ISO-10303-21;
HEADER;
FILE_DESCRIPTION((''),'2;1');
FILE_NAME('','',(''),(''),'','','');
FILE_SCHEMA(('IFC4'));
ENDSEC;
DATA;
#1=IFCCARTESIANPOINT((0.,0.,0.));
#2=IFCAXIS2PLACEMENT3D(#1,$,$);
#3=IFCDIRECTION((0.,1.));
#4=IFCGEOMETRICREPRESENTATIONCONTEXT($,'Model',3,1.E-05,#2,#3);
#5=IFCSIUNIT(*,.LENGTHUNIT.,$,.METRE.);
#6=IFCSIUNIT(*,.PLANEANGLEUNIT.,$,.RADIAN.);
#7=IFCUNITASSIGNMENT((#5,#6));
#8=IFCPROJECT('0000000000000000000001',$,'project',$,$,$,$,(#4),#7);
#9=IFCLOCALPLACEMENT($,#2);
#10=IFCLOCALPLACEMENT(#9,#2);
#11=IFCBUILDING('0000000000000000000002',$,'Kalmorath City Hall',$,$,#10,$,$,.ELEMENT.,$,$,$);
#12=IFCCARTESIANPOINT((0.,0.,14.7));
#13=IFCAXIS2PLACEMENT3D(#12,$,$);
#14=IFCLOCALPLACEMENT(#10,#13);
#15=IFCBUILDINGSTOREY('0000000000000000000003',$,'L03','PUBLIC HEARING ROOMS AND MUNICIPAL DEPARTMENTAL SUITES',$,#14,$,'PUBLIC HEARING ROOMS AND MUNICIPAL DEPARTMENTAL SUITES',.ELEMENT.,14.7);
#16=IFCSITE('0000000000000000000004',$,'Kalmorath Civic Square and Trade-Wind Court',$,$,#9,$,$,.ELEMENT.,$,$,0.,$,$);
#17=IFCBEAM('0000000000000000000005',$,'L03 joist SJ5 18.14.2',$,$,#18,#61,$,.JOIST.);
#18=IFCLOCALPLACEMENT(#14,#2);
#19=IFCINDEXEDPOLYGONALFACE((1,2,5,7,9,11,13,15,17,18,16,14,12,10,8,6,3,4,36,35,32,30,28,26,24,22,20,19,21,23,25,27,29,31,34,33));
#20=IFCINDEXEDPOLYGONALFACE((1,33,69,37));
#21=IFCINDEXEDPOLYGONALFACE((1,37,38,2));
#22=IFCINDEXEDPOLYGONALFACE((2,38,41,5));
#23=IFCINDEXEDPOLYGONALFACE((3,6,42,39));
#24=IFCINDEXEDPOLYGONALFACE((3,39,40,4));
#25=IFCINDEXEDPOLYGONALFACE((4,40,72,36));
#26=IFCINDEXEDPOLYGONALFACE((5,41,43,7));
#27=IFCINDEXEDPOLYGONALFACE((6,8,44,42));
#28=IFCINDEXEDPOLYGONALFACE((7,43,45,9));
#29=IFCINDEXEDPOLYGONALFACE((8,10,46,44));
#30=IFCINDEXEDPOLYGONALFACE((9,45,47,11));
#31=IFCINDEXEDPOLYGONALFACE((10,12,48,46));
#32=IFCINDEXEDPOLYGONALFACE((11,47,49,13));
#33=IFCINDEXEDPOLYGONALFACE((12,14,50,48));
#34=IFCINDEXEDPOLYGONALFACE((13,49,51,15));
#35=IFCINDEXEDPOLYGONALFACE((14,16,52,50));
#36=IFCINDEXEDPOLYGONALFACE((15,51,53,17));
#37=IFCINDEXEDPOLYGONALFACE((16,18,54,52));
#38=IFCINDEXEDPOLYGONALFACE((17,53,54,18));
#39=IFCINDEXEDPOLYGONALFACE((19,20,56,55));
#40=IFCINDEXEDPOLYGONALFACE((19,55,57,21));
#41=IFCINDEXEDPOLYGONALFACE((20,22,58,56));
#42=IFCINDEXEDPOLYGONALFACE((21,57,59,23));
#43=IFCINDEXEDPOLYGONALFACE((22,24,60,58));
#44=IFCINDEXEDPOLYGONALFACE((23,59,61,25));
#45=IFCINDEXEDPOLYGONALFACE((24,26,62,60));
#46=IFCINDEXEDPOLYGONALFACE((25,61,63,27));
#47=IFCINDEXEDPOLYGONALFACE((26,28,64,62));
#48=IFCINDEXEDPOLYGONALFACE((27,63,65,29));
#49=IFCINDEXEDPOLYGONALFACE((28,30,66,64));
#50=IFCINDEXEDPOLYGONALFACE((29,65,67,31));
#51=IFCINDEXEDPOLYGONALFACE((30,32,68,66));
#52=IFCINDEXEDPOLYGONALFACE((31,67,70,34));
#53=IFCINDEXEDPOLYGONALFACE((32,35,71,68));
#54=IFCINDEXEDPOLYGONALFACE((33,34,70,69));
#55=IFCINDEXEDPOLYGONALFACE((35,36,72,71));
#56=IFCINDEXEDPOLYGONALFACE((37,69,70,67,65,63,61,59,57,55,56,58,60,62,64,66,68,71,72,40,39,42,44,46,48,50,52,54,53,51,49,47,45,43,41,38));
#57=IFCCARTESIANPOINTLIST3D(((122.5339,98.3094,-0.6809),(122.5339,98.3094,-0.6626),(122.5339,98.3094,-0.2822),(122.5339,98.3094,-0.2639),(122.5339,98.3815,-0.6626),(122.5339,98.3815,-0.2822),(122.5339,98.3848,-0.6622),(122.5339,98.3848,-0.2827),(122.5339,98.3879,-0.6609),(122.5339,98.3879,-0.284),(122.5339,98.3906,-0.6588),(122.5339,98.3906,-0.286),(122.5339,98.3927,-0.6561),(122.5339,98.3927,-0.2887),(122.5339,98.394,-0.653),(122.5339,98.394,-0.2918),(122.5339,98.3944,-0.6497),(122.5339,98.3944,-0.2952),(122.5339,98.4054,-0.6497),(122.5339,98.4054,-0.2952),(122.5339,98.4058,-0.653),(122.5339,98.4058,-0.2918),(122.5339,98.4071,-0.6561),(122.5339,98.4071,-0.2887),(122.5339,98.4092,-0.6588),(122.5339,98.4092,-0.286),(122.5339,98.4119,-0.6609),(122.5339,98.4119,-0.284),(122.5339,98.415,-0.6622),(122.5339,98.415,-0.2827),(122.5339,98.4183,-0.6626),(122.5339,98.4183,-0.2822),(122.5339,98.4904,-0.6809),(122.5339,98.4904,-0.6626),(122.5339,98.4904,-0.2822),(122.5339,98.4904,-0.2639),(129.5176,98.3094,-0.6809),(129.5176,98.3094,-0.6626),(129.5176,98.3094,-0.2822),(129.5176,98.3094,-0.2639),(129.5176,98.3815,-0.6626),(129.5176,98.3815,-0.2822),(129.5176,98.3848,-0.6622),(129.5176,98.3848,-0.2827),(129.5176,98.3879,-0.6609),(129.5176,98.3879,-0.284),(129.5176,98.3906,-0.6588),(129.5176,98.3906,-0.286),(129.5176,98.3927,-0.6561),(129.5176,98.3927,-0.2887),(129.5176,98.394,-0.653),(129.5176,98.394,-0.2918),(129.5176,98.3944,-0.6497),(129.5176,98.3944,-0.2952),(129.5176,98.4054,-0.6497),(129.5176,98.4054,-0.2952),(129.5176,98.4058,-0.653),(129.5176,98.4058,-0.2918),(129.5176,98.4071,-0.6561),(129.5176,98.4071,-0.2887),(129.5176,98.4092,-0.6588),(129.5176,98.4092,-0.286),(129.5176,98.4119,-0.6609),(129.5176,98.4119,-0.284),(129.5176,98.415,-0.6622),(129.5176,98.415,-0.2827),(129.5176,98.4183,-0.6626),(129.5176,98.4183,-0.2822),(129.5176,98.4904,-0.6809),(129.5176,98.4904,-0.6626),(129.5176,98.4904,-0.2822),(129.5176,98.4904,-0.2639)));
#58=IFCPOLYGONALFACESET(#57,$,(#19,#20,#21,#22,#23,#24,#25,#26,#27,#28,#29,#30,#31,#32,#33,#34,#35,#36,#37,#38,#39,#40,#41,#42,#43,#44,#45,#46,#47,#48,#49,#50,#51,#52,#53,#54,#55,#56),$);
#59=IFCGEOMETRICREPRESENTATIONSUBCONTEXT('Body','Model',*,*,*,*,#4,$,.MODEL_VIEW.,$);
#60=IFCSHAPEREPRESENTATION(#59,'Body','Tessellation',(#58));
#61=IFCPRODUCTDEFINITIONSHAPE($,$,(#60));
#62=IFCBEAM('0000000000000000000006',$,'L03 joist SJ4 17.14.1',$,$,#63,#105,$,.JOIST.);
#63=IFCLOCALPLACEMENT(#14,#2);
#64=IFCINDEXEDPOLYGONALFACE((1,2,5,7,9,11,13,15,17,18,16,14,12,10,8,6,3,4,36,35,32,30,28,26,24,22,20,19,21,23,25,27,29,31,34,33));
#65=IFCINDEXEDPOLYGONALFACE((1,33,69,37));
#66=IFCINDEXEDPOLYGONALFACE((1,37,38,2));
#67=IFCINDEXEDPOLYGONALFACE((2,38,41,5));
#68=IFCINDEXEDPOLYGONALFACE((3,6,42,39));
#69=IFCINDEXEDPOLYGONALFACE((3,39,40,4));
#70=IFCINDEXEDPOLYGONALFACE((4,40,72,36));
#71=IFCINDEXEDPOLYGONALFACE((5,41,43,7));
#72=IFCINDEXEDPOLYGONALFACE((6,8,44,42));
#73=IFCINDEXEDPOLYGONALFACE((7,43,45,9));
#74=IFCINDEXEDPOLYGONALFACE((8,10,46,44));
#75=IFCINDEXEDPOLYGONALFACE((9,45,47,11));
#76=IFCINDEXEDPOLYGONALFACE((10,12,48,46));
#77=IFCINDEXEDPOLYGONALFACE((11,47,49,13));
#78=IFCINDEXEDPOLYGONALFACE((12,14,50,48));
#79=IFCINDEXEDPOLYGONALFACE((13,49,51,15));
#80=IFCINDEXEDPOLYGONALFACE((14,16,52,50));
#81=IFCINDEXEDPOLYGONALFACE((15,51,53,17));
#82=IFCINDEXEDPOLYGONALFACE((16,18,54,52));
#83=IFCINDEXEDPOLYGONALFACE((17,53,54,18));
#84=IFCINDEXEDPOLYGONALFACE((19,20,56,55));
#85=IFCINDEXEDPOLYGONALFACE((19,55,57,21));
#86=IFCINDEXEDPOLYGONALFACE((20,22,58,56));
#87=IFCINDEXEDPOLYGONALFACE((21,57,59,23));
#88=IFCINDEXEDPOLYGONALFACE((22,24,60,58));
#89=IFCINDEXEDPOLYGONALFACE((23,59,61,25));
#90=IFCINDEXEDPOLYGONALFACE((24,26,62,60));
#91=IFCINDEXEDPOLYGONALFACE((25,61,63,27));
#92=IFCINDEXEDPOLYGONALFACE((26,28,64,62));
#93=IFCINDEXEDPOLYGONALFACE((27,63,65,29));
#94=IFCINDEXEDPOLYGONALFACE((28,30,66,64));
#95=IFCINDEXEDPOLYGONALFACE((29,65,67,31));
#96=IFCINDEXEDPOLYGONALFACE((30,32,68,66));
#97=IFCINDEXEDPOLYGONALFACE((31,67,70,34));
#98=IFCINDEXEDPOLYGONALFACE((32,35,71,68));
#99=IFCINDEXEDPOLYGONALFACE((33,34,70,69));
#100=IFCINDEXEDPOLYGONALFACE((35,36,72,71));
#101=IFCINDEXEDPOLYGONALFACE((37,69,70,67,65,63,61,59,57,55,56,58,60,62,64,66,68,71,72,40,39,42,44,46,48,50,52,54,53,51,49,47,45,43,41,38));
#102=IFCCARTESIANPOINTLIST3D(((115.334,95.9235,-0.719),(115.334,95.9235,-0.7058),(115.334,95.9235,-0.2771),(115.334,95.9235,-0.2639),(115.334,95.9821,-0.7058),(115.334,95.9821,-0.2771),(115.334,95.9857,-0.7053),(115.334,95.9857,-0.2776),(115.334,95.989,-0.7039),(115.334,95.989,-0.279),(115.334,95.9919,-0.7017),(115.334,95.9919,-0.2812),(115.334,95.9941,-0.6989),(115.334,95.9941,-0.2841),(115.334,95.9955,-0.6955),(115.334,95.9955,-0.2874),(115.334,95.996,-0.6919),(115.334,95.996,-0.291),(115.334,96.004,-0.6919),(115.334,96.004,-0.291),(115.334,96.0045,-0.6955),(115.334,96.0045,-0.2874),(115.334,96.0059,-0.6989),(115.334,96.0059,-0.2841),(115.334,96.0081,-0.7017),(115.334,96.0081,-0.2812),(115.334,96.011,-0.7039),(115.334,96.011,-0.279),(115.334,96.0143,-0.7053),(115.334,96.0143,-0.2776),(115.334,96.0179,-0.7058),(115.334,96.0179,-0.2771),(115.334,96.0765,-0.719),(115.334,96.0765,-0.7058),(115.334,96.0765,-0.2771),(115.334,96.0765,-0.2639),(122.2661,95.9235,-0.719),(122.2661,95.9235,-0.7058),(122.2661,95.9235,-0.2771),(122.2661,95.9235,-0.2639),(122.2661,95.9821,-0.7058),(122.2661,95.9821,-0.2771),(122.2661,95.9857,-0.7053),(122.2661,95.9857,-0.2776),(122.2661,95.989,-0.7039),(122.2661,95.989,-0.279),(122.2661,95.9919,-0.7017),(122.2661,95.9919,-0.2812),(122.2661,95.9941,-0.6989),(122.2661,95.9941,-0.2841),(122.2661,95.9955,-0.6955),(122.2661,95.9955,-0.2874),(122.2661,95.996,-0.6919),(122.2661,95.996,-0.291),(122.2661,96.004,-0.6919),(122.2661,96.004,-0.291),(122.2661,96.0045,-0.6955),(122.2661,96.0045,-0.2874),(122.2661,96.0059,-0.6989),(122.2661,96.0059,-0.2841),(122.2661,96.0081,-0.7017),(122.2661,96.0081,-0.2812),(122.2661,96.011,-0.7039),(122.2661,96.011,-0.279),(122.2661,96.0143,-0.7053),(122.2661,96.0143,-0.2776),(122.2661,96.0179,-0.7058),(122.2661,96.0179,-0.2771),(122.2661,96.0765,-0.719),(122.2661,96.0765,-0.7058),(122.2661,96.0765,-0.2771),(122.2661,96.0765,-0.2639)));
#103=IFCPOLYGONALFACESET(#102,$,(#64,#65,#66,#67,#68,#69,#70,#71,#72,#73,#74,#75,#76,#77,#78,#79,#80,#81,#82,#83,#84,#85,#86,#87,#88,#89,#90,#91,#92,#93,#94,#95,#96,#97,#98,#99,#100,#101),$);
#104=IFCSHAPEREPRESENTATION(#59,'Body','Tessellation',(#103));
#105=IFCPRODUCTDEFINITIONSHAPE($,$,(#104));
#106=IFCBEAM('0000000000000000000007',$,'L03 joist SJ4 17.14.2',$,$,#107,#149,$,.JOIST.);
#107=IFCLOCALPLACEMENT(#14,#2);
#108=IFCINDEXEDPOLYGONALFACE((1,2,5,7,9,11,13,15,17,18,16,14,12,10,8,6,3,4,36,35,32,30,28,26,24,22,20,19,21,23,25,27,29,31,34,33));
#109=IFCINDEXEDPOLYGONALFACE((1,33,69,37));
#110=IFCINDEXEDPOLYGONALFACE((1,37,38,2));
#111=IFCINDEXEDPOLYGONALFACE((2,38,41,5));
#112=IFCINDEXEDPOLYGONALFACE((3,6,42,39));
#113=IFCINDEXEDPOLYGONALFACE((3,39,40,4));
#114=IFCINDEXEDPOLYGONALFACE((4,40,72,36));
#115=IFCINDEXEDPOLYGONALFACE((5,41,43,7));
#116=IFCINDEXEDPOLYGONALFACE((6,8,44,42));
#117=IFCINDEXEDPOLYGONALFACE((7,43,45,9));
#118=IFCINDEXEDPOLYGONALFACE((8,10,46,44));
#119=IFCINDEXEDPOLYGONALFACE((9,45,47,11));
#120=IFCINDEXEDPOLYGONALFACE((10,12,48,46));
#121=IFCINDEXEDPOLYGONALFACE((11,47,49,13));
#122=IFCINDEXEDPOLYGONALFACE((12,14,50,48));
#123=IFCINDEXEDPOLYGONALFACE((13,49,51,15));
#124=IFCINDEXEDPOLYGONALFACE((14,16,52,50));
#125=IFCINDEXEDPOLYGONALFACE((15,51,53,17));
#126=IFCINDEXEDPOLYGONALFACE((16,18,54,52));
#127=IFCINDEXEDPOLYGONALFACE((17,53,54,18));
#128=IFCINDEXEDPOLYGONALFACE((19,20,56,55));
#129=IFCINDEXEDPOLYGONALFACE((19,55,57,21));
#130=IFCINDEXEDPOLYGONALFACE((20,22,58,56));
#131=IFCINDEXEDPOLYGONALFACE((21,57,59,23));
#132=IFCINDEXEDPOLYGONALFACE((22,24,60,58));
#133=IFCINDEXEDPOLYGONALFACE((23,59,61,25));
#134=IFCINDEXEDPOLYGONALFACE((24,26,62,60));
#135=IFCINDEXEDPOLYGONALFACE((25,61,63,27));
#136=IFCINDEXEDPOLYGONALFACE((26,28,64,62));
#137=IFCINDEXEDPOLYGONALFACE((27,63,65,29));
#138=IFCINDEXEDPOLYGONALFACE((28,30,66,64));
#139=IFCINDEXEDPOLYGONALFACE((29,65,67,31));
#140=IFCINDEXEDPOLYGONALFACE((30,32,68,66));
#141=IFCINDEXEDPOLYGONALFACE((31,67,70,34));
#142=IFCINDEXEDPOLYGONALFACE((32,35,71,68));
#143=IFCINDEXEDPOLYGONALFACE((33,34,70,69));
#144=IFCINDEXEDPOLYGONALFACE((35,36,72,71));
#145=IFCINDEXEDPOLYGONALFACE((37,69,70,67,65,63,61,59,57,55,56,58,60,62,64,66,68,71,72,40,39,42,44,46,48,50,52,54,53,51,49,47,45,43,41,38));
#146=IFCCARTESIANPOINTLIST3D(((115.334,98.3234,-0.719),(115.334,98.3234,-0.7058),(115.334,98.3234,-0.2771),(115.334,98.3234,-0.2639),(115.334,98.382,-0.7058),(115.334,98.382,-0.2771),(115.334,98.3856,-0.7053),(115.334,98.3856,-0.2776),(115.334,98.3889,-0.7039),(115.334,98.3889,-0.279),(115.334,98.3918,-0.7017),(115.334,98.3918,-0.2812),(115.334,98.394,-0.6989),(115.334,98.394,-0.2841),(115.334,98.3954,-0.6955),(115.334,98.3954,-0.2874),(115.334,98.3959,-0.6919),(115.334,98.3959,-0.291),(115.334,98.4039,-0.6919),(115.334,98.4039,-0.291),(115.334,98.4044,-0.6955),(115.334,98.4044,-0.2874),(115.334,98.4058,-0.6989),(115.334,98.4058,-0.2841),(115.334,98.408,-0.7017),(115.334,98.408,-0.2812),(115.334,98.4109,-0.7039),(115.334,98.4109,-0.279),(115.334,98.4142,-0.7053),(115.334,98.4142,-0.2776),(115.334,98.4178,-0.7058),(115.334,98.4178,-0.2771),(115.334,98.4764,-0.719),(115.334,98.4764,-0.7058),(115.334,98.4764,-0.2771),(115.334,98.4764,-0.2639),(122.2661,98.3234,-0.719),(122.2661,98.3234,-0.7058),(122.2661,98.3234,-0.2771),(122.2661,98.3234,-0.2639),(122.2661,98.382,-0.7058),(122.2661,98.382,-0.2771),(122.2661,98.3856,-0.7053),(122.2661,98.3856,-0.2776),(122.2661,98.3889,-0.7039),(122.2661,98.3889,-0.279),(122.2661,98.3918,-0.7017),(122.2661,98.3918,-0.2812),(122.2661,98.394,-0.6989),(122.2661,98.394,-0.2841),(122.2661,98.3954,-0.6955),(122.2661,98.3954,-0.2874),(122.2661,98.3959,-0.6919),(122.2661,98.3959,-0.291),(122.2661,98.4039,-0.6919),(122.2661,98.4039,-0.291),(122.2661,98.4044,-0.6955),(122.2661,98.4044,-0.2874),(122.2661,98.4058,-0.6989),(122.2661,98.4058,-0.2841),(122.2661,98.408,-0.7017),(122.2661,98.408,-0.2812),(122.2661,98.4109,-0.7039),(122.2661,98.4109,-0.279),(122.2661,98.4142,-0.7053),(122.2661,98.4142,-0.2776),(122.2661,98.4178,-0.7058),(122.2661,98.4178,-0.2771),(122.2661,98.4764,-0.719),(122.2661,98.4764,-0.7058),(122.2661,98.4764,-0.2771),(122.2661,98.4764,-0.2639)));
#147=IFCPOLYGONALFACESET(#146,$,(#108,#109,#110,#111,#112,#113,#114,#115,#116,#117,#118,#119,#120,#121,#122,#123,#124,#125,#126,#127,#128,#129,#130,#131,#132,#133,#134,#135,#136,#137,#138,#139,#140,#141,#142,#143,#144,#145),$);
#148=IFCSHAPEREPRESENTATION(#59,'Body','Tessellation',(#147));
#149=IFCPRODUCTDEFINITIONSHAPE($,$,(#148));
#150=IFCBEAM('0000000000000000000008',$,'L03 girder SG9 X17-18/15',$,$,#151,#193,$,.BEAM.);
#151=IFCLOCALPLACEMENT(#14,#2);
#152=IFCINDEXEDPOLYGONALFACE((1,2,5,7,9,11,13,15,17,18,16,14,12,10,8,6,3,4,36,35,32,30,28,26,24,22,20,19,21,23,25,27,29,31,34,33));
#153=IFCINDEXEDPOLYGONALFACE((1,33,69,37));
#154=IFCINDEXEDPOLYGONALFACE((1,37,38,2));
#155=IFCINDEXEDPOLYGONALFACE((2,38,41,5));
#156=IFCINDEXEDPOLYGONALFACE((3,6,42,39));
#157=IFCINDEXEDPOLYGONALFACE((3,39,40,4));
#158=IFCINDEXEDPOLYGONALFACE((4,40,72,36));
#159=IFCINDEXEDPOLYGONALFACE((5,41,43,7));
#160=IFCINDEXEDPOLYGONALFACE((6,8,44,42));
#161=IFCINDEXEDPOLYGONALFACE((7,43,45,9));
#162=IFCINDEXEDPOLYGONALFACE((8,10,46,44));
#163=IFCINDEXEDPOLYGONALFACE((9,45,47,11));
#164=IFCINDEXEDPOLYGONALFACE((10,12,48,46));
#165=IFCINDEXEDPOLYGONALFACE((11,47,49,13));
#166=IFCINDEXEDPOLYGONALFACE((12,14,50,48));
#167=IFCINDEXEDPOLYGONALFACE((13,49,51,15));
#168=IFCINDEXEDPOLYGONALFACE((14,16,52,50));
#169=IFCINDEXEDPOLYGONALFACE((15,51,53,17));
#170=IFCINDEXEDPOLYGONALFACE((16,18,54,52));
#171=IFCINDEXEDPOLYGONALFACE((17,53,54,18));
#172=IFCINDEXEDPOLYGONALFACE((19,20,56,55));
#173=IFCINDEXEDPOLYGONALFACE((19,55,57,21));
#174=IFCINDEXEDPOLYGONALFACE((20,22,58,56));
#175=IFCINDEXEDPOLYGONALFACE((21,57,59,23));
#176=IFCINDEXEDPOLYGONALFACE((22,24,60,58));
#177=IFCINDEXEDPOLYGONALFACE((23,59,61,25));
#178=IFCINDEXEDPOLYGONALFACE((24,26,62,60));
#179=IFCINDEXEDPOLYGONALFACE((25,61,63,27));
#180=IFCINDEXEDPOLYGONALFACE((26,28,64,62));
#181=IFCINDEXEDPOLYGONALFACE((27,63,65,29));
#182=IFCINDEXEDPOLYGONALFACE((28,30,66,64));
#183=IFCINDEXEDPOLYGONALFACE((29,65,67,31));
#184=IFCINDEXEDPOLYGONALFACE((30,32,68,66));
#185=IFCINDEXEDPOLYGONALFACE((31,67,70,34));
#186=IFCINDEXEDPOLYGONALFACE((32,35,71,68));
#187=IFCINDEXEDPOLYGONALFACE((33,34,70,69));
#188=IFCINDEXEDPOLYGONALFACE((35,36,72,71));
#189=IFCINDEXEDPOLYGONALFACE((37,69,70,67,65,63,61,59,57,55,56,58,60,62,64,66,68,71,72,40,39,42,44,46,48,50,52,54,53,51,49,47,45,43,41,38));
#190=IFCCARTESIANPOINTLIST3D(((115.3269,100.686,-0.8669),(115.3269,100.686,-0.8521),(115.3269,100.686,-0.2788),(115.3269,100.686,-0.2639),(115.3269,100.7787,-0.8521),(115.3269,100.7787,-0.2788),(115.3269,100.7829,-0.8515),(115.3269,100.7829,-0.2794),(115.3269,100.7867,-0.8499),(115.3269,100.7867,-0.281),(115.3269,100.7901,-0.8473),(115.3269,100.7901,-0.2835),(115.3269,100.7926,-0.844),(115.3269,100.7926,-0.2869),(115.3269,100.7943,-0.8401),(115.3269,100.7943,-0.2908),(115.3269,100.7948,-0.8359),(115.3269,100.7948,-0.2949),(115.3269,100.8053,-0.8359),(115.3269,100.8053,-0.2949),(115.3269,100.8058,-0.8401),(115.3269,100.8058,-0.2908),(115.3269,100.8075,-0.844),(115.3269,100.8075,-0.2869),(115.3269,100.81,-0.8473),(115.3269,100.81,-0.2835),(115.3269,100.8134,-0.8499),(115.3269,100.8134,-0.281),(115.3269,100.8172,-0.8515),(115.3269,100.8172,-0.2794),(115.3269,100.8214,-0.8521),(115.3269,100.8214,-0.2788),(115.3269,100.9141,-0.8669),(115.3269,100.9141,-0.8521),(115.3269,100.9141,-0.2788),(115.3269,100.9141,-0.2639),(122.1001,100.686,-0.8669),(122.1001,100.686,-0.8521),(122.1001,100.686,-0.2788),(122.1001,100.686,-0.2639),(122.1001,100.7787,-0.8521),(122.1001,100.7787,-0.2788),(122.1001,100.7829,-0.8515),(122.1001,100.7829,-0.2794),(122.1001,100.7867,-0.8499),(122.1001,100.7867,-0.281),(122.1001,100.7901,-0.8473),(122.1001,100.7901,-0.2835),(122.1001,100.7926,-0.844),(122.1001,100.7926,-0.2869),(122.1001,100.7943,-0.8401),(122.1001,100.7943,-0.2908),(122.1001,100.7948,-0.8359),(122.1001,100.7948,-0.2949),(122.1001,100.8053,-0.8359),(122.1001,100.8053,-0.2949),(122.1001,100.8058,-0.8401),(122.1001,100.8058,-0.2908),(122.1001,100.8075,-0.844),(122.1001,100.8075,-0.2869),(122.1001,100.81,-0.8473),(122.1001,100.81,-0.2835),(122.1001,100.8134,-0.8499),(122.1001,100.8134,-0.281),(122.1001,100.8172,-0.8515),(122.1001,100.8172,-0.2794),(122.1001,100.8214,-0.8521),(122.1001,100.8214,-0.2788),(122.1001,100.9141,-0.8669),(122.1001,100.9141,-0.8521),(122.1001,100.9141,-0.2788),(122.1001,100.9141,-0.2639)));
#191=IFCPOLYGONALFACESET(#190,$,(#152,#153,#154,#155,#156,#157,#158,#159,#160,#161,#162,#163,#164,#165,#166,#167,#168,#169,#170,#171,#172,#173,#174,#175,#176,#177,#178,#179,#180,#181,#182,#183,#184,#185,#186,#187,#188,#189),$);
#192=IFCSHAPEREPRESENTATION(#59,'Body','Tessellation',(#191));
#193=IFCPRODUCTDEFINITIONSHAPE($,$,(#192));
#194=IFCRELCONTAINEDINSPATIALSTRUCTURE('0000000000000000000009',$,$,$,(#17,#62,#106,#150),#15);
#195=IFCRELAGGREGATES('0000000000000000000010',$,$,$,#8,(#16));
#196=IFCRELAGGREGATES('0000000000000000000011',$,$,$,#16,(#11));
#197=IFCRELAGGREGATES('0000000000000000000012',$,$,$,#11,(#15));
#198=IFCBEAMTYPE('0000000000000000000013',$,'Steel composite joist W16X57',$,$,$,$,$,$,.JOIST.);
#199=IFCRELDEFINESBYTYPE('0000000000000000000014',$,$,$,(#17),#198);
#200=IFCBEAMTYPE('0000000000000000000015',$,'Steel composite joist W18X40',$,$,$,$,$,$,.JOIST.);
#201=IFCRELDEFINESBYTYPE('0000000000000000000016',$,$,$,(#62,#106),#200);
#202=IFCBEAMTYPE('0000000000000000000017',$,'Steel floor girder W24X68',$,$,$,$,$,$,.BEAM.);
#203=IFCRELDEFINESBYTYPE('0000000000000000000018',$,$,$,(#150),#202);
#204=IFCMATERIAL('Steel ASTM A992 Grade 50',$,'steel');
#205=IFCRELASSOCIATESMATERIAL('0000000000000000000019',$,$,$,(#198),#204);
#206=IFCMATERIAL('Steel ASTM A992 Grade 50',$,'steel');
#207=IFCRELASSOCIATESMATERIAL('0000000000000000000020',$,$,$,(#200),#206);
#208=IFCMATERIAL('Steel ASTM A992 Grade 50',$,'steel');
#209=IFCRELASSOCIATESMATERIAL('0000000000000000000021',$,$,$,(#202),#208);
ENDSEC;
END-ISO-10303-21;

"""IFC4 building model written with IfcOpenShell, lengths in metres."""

from ifc_helpers import new_model, si_unit, direction, frame, origin, origin_2d, place, context, subcontext, project, spatial, i_section, extrude, material, material_profile, profile_set, type_object, element, save


model = new_model("IFC4")

# Units and contexts
model_context = context("Model", 3, precision=1e-05, world=origin(), true_north=direction((0.0, 1.0)))
body_context = subcontext(model_context, "Body", "Model", "MODEL_VIEW")
ifc_project = project(units=[si_unit("LENGTHUNIT", "METRE"), si_unit("PLANEANGLEUNIT", "RADIAN")], contexts=[model_context])

# Site, building, storey
site_placement = place(None, origin())
site = spatial("IfcSite", under=ifc_project, at=site_placement, Name="Kalmorath Civic Square and Trade-Wind Court", CompositionType="ELEMENT", RefElevation=0.0)
building_placement = place(site_placement, origin())
building = spatial("IfcBuilding", under=site, at=building_placement, Name="Kalmorath City Hall", CompositionType="ELEMENT")
storey_placement = place(building_placement, frame((0.0, 0.0, 14.7)))
storey = spatial("IfcBuildingStorey", under=building, at=storey_placement, Name="L03", Description="PUBLIC HEARING ROOMS AND MUNICIPAL DEPARTMENTAL SUITES", LongName="PUBLIC HEARING ROOMS AND MUNICIPAL DEPARTMENTAL SUITES", CompositionType="ELEMENT", Elevation=14.7)

# Beams
ifc_material_1 = material(Name="Steel ASTM A992 Grade 50", Category="steel")
ifc_material_profile_1 = material_profile(ifc_material_1, i_section(OverallWidth=0.1809, OverallDepth=0.417, WebThickness=0.011, FlangeThickness=0.0183, FilletRadius=0.0129, at=origin_2d()), Name="W16X57")
ifc_profile_set_1 = profile_set([ifc_material_profile_1], Name="Steel ASTM A992 Grade 50")
beam_type_1 = type_object("IfcBeamType", Name="Steel composite joist W16X57", PredefinedType="JOIST", material=ifc_profile_set_1)
for number, where, z_axis, x_axis, name in (
    (1, (122.5339, 98.3999, -0.4724), (1.0, 0.0, 0.0), (0.0, 1.0, 0.0), "L03 joist SJ5 18.14.2"),
):
    element("IfcBeam", number, at=place(storey_placement, frame(where, z_axis=z_axis, x_axis=x_axis)), inside=storey, type_object=beam_type_1, Name=name, PredefinedType="JOIST", context=body_context, shape_type="SweptSolid", body=[
        extrude(i_section(OverallWidth=0.1809, OverallDepth=0.417, WebThickness=0.011, FlangeThickness=0.0183, FilletRadius=0.0129, at=origin_2d()), origin(), (0.0, 0.0, 1.0), 6.9836),
    ])
ifc_material_2 = material(Name="Steel ASTM A992 Grade 50", Category="steel")
ifc_material_profile_2 = material_profile(ifc_material_2, i_section(OverallWidth=0.1531, OverallDepth=0.4551, WebThickness=0.0081, FlangeThickness=0.0132, FilletRadius=0.0139, at=origin_2d()), Name="W18X40")
ifc_profile_set_2 = profile_set([ifc_material_profile_2], Name="Steel ASTM A992 Grade 50")
beam_type_2 = type_object("IfcBeamType", Name="Steel composite joist W18X40", PredefinedType="JOIST", material=ifc_profile_set_2)
for number, where, z_axis, x_axis, name in (
    (2, (115.334, 96.0, -0.4915), (1.0, 0.0, 0.0), (0.0, 1.0, 0.0), "L03 joist SJ4 17.14.1"),
    (3, (115.334, 98.3999, -0.4915), (1.0, 0.0, 0.0), (0.0, 1.0, 0.0), "L03 joist SJ4 17.14.2"),
):
    element("IfcBeam", number, at=place(storey_placement, frame(where, z_axis=z_axis, x_axis=x_axis)), inside=storey, type_object=beam_type_2, Name=name, PredefinedType="JOIST", context=body_context, shape_type="SweptSolid", body=[
        extrude(i_section(OverallWidth=0.1531, OverallDepth=0.4551, WebThickness=0.0081, FlangeThickness=0.0132, FilletRadius=0.0139, at=origin_2d()), origin(), (0.0, 0.0, 1.0), 6.9321),
    ])
ifc_material_3 = material(Name="Steel ASTM A992 Grade 50", Category="steel")
ifc_material_profile_3 = material_profile(ifc_material_3, i_section(OverallWidth=0.228, OverallDepth=0.603, WebThickness=0.0105, FlangeThickness=0.0149, FilletRadius=0.0161, at=origin_2d()), Name="W24X68")
ifc_profile_set_3 = profile_set([ifc_material_profile_3], Name="Steel ASTM A992 Grade 50")
beam_type_3 = type_object("IfcBeamType", Name="Steel floor girder W24X68", PredefinedType="BEAM", material=ifc_profile_set_3)
beam_1_placement = place(storey_placement, frame((115.3269, 100.8, -0.5654), z_axis=(1.0, 0.0, 0.0), x_axis=(0.0, 1.0, 0.0)))
element("IfcBeam", 4, at=beam_1_placement, inside=storey, type_object=beam_type_3, Name="L03 girder SG9 X17-18/15", PredefinedType="BEAM", context=body_context, shape_type="SweptSolid", body=[
    extrude(i_section(OverallWidth=0.228, OverallDepth=0.603, WebThickness=0.0105, FlangeThickness=0.0149, FilletRadius=0.0161, at=origin_2d()), origin(), (0.0, 0.0, 1.0), 6.7732),
])

save(model, "model.ifc")
